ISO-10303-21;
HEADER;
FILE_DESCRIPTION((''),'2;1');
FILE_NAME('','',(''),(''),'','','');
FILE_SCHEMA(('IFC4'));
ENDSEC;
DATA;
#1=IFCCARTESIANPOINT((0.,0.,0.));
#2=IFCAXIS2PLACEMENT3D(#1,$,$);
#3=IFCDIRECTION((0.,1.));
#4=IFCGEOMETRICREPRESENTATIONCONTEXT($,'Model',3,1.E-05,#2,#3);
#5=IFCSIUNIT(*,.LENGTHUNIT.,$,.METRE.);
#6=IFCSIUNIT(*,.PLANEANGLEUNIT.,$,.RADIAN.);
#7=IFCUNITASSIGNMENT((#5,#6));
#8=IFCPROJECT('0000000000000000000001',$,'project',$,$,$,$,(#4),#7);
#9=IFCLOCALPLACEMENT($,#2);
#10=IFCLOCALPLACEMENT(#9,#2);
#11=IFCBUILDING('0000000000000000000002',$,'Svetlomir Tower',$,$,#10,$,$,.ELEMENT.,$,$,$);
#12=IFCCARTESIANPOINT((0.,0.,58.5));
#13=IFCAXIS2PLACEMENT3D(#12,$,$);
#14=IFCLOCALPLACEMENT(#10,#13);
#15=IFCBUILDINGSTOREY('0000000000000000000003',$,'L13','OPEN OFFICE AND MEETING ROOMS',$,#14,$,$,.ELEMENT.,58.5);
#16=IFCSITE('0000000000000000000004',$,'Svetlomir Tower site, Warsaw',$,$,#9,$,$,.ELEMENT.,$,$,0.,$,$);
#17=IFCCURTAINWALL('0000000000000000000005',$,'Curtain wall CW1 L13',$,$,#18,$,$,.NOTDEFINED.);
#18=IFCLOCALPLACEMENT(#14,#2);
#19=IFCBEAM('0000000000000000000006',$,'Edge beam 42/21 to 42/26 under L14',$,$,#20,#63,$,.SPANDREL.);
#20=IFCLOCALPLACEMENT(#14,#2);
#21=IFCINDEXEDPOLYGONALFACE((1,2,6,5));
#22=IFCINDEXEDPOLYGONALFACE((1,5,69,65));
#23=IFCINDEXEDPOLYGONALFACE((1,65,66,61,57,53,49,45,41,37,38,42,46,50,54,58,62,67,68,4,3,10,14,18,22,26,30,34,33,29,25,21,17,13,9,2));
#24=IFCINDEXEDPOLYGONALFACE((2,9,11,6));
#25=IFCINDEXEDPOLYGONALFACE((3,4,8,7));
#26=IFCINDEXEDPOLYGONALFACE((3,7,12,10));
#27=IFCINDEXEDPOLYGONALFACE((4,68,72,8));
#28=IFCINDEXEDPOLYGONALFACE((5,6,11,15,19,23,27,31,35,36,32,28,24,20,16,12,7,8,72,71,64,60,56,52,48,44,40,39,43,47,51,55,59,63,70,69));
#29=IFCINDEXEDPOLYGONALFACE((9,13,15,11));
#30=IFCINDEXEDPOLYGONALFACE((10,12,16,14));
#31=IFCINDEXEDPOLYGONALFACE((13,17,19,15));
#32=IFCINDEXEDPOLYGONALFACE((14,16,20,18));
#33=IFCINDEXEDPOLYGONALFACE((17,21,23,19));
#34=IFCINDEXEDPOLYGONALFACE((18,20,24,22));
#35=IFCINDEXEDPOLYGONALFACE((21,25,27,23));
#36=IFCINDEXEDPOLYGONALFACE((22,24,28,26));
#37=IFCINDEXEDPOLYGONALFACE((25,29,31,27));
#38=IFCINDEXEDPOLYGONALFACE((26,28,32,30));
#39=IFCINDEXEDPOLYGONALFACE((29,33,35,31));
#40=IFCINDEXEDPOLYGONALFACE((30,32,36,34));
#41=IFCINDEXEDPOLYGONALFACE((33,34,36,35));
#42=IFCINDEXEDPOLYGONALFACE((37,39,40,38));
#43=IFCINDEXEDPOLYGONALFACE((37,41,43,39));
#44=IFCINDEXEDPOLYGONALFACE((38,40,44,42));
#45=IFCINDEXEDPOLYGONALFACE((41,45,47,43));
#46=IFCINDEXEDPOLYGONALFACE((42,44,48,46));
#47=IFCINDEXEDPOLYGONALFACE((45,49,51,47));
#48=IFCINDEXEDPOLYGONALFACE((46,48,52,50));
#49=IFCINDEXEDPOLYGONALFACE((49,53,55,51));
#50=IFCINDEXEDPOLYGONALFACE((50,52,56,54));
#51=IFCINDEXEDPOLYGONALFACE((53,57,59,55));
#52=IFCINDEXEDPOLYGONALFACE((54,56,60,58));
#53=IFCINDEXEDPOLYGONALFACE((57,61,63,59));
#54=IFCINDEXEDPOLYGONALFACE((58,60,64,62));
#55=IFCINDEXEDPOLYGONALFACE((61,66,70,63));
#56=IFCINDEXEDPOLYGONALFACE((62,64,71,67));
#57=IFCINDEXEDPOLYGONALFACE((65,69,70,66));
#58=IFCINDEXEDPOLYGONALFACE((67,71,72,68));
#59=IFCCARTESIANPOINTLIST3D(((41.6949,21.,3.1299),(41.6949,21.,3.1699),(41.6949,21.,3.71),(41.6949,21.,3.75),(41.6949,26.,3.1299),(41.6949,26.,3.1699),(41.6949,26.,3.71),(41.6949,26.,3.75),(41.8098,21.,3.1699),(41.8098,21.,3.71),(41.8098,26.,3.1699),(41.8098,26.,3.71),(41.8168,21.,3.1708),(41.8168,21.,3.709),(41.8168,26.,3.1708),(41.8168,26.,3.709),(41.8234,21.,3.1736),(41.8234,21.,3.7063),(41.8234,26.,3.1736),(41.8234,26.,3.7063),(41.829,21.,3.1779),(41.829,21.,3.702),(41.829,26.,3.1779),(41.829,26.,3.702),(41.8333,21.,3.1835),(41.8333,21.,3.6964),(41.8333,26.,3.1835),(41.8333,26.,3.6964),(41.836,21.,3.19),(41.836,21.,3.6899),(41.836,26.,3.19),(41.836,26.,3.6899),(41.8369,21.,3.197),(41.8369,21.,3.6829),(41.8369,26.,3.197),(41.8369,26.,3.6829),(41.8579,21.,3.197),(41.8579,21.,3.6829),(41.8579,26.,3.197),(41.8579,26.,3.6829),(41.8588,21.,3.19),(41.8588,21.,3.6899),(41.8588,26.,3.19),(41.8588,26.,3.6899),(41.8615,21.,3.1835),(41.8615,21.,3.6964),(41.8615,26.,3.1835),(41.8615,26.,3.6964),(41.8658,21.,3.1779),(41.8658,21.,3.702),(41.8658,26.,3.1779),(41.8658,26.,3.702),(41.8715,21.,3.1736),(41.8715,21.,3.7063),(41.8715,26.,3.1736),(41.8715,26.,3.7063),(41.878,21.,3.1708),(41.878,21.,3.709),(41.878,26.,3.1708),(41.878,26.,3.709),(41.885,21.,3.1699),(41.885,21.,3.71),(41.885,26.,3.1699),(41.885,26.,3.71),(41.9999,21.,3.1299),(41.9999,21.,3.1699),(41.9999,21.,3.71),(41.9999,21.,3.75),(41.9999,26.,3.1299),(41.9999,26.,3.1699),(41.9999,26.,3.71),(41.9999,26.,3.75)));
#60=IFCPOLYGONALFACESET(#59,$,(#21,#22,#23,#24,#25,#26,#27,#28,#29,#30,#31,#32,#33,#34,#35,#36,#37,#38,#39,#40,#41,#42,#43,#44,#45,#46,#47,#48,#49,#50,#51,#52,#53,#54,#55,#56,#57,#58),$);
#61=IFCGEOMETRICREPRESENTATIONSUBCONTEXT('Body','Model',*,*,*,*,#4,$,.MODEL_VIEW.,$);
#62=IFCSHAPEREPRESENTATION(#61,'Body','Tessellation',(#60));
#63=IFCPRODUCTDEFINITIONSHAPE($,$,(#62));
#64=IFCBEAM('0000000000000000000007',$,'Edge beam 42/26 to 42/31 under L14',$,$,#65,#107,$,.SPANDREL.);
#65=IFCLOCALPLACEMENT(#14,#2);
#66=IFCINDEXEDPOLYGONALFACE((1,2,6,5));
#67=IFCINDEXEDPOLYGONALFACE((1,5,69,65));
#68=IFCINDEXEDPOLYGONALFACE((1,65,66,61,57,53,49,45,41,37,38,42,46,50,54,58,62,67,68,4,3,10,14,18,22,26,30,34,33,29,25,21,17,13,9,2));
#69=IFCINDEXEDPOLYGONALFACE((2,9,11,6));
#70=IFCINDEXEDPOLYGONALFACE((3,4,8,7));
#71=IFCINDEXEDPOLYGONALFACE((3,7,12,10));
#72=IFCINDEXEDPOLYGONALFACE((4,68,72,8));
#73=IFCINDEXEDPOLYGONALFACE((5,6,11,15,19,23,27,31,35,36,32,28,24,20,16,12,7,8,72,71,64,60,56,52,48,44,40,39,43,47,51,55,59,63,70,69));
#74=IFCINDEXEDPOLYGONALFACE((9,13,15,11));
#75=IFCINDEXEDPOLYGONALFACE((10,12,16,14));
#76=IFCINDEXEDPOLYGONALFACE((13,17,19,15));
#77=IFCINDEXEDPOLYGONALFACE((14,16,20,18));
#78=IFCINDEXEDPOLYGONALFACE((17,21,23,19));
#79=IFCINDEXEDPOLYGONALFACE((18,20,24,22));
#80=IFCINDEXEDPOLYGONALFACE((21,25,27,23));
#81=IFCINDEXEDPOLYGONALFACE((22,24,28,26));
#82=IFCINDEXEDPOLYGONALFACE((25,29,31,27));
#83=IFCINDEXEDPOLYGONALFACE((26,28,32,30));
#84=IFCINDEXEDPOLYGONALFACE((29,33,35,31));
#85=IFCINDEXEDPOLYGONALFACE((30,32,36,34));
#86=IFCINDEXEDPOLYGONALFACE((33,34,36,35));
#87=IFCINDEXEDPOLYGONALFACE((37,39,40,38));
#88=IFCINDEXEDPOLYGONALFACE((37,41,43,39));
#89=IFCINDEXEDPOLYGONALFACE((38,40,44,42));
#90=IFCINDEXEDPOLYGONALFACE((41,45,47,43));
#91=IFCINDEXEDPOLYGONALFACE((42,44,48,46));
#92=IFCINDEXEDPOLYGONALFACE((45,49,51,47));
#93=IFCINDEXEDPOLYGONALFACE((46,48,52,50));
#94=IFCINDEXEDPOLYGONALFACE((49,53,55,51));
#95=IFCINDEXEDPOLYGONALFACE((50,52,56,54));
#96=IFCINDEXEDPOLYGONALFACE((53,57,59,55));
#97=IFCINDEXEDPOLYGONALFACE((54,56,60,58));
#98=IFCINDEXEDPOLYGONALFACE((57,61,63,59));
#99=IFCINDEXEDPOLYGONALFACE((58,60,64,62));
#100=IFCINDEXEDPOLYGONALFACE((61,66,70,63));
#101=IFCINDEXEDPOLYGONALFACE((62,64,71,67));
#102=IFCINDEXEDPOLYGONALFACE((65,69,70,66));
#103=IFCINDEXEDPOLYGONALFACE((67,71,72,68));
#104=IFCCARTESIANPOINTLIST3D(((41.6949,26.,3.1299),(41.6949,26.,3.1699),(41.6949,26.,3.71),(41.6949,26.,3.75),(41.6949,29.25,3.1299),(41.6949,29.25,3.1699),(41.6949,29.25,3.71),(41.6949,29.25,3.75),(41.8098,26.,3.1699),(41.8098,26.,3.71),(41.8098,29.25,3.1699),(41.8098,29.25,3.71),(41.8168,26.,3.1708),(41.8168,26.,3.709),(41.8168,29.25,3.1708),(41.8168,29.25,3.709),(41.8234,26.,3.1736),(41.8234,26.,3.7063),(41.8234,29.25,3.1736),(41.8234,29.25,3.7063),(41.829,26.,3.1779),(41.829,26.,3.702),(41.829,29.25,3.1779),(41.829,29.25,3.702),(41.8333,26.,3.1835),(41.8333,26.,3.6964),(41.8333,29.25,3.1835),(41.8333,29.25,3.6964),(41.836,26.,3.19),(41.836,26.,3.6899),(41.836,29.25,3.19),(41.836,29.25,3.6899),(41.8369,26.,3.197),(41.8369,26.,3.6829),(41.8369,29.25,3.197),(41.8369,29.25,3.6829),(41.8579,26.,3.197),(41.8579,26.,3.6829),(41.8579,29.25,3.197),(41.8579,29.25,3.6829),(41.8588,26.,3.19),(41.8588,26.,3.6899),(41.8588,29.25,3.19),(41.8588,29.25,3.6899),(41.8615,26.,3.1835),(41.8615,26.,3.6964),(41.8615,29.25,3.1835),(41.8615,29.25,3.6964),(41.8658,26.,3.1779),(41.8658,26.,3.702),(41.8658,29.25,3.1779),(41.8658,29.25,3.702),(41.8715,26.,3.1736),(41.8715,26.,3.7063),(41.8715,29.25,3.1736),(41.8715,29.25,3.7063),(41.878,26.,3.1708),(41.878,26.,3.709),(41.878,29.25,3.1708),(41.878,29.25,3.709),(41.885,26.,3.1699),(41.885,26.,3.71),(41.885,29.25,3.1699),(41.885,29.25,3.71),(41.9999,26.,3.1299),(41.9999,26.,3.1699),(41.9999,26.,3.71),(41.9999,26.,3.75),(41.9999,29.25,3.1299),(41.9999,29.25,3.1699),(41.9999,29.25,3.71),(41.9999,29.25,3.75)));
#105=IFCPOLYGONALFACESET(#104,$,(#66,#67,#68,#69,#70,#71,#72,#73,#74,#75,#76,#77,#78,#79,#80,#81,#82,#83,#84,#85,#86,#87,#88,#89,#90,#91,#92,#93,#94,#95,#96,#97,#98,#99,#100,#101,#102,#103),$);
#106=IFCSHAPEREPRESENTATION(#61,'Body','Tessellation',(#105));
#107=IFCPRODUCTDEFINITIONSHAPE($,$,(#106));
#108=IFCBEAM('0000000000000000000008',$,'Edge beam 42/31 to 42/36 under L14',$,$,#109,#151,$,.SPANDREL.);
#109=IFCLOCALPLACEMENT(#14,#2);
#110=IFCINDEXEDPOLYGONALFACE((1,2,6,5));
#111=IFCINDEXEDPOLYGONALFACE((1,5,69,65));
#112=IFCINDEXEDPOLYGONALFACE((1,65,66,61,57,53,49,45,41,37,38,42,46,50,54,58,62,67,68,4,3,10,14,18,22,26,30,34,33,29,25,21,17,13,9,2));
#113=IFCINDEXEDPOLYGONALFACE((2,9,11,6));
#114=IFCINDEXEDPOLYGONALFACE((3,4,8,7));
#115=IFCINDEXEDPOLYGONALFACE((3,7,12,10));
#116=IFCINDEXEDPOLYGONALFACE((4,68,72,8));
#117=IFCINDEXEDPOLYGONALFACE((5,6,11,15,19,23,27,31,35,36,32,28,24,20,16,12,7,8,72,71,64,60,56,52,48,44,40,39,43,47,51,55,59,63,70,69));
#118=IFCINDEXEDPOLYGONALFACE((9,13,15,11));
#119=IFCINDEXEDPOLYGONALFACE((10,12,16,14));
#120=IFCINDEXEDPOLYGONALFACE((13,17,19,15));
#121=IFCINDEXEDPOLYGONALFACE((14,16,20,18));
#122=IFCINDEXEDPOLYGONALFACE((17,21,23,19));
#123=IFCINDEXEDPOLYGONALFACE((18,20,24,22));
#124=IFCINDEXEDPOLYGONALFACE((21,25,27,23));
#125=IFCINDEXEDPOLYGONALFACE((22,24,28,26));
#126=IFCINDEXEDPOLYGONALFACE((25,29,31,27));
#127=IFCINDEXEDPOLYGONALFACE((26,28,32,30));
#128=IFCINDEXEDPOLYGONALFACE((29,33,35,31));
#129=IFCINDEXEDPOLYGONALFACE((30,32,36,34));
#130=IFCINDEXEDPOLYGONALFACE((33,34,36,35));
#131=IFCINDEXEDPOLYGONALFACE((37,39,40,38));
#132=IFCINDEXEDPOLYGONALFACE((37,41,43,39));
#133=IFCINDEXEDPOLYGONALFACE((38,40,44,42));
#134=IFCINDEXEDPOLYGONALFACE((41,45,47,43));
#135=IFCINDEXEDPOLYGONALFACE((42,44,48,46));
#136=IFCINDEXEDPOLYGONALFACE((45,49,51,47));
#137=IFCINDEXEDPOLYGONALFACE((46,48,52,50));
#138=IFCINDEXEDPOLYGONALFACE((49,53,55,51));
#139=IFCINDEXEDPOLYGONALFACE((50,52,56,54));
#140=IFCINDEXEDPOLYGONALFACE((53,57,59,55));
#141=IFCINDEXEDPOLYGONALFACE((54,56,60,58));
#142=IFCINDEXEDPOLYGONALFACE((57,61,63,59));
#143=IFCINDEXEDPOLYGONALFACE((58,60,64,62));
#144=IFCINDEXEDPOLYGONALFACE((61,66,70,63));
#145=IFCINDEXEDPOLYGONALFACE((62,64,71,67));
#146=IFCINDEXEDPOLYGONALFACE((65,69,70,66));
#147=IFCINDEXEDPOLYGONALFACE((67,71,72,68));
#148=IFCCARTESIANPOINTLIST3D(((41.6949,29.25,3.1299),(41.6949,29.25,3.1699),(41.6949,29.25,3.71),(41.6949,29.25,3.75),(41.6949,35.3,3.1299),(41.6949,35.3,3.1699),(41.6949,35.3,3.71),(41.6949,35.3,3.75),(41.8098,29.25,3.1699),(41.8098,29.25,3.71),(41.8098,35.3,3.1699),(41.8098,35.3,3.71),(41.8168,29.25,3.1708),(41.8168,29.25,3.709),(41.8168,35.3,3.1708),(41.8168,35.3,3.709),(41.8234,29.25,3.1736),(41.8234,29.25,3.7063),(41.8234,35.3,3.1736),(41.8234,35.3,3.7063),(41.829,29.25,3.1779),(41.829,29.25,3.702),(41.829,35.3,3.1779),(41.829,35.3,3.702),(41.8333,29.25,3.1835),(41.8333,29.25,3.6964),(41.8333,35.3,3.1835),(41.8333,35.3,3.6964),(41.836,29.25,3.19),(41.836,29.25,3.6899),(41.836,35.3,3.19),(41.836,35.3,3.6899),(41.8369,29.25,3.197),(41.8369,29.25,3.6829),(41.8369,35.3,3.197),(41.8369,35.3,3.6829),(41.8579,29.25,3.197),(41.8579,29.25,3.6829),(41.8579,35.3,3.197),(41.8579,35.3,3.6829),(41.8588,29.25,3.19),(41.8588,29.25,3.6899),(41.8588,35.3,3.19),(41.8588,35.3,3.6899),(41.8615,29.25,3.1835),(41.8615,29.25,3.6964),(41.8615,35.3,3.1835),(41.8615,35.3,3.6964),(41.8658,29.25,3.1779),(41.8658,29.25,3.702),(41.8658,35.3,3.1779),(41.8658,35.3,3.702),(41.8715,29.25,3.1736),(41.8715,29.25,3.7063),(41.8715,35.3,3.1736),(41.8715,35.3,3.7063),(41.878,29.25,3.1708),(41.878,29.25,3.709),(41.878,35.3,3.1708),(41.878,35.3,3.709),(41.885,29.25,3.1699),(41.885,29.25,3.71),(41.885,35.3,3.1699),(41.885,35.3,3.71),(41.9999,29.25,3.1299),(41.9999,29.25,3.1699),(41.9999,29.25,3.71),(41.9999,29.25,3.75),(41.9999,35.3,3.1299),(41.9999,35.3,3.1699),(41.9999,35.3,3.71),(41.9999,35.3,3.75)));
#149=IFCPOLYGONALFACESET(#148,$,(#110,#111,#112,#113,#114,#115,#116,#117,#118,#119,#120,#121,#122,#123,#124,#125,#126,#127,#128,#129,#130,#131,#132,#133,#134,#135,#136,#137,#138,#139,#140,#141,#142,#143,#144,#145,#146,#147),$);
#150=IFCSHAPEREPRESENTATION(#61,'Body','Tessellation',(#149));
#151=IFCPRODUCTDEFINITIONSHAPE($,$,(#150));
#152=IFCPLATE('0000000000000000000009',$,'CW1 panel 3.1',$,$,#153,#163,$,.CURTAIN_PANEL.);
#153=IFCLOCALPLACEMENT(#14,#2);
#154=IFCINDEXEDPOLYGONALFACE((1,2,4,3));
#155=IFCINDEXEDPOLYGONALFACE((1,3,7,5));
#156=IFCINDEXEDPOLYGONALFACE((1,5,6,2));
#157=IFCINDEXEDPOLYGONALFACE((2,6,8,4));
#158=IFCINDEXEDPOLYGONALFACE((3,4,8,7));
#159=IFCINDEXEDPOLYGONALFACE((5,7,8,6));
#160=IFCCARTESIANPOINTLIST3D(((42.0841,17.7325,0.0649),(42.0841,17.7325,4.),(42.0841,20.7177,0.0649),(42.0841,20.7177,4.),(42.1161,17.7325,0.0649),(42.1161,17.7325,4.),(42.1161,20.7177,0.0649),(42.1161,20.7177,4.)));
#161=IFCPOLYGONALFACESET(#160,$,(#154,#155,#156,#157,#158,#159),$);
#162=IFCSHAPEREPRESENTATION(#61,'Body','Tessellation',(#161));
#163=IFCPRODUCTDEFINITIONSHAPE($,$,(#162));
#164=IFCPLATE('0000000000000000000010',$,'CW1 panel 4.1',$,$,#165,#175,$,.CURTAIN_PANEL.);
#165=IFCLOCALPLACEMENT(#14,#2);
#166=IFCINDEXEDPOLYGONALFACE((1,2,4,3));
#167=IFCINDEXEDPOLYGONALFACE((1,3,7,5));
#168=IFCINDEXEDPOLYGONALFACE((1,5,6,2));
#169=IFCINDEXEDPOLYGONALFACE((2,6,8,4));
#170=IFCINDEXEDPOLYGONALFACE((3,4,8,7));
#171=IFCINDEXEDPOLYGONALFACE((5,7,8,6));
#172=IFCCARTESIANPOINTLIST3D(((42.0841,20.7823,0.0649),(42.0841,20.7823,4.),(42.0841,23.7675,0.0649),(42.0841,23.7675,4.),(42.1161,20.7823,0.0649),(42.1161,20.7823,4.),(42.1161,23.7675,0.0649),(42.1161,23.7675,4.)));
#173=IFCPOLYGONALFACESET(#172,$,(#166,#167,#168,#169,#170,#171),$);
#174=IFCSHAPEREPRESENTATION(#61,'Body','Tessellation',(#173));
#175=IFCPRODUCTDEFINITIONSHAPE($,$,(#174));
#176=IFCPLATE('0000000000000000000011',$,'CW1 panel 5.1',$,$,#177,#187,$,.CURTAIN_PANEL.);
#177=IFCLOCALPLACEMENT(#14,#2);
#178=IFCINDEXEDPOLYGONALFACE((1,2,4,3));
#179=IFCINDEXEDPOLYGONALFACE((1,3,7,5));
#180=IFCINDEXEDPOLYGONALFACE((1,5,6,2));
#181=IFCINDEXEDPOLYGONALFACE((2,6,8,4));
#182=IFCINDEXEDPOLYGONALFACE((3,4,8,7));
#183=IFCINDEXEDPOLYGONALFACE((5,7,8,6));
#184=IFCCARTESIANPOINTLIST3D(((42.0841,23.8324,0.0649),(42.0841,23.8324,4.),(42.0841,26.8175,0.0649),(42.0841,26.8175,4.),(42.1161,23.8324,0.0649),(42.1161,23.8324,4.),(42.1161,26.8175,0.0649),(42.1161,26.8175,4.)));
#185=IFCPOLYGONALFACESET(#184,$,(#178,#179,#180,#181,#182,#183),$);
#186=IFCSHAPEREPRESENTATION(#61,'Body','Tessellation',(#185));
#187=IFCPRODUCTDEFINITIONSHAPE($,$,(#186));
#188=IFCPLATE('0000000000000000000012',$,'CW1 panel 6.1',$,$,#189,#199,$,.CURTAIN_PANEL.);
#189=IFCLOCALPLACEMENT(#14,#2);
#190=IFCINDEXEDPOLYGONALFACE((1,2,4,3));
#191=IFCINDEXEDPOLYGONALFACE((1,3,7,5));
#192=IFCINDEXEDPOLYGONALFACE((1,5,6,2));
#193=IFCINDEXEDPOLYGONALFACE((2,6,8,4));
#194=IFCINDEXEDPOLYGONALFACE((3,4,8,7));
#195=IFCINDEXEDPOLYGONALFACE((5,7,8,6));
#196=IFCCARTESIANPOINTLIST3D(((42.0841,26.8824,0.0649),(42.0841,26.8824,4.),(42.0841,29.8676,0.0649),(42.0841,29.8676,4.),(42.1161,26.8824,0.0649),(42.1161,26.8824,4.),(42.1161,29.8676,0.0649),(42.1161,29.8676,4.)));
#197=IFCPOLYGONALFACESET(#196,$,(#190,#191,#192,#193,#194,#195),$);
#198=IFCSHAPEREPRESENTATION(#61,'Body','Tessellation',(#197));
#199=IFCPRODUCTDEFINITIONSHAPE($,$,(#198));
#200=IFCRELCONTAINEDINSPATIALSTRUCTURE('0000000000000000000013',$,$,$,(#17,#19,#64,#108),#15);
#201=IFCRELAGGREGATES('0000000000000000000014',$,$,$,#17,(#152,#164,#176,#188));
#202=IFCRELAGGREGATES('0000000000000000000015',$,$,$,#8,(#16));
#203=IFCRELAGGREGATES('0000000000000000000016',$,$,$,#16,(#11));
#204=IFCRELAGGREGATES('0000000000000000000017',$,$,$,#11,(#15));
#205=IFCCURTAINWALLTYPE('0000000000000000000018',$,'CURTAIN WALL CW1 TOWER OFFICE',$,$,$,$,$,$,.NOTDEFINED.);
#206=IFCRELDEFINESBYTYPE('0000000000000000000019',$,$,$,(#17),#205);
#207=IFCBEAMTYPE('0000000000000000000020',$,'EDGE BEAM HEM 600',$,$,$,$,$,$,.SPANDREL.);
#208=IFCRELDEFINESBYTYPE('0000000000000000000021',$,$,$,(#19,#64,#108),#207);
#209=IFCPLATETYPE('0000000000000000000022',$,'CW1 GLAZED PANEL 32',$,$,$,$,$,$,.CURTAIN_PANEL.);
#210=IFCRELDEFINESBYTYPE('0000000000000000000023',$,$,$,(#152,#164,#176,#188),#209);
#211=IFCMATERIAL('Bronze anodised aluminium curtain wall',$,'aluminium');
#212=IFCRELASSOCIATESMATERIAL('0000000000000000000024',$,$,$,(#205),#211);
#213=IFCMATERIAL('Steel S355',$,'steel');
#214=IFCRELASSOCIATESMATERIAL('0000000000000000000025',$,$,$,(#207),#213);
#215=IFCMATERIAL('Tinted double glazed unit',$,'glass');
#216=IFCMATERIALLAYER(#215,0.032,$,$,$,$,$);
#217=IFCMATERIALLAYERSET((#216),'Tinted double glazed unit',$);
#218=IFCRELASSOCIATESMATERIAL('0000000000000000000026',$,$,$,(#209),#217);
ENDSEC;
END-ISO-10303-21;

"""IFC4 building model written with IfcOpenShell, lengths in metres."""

from ifc_helpers import new_model, si_unit, direction, frame, origin, origin_2d, place, context, subcontext, project, spatial, rectangle, i_section, extrude, material, layer, layer_set, material_profile, profile_set, type_object, element, aggregate, save


model = new_model("IFC4")

# Units and contexts
model_context = context("Model", 3, precision=1e-05, world=origin(), true_north=direction((0.0, 1.0)))
body_context = subcontext(model_context, "Body", "Model", "MODEL_VIEW")
ifc_project = project(units=[si_unit("LENGTHUNIT", "METRE"), si_unit("PLANEANGLEUNIT", "RADIAN")], contexts=[model_context])

# Site, building, storey
site_placement = place(None, origin())
site = spatial("IfcSite", under=ifc_project, at=site_placement, Name="Svetlomir Tower site, Warsaw", CompositionType="ELEMENT", RefElevation=0.0)
building_placement = place(site_placement, origin())
building = spatial("IfcBuilding", under=site, at=building_placement, Name="Svetlomir Tower", CompositionType="ELEMENT")
storey_placement = place(building_placement, frame((0.0, 0.0, 58.5)))
storey = spatial("IfcBuildingStorey", under=building, at=storey_placement, Name="L13", Description="OPEN OFFICE AND MEETING ROOMS", CompositionType="ELEMENT", Elevation=58.5)

# Curtain wall
ifc_material_1 = material(Name="Bronze anodised aluminium curtain wall", Category="aluminium")
curtain_wall_type = type_object("IfcCurtainWallType", Name="CURTAIN WALL CW1 TOWER OFFICE", PredefinedType="NOTDEFINED", material=ifc_material_1)
curtain_wall_placement = place(storey_placement, origin())
curtain_wall = element("IfcCurtainWall", 1, at=curtain_wall_placement, inside=storey, type_object=curtain_wall_type, Name="Curtain wall CW1 L13", PredefinedType="NOTDEFINED")

# Beams
ifc_material_2 = material(Name="Steel S355", Category="steel")
ifc_material_profile_1 = material_profile(ifc_material_2, i_section(OverallWidth=0.3049, OverallDepth=0.6201, WebThickness=0.021, FlangeThickness=0.04, FilletRadius=0.0271, at=origin_2d()), Name="HEM 600")
ifc_profile_set_1 = profile_set([ifc_material_profile_1], Name="Steel S355")
beam_type = type_object("IfcBeamType", Name="EDGE BEAM HEM 600", PredefinedType="SPANDREL", material=ifc_profile_set_1)
beam_1_placement = place(storey_placement, frame((41.8474, 21.0, 3.4399), z_axis=(0.0, 1.0, 0.0), x_axis=(-1.0, 0.0, 0.0)))
element("IfcBeam", 2, at=beam_1_placement, inside=storey, type_object=beam_type, Name="Edge beam 42/21 to 42/26 under L14", PredefinedType="SPANDREL", context=body_context, shape_type="SweptSolid", body=[
    extrude(i_section(OverallWidth=0.3049, OverallDepth=0.6201, WebThickness=0.021, FlangeThickness=0.04, FilletRadius=0.0271, at=origin_2d()), origin(), (0.0, 0.0, 1.0), 5.0),
])
beam_2_placement = place(storey_placement, frame((41.8474, 26.0, 3.4399), z_axis=(0.0, 1.0, 0.0), x_axis=(-1.0, 0.0, 0.0)))
element("IfcBeam", 3, at=beam_2_placement, inside=storey, type_object=beam_type, Name="Edge beam 42/26 to 42/31 under L14", PredefinedType="SPANDREL", context=body_context, shape_type="SweptSolid", body=[
    extrude(i_section(OverallWidth=0.3049, OverallDepth=0.6201, WebThickness=0.021, FlangeThickness=0.04, FilletRadius=0.0271, at=origin_2d()), origin(), (0.0, 0.0, 1.0), 3.25),
])
beam_3_placement = place(storey_placement, frame((41.8474, 29.25, 3.4399), z_axis=(0.0, 1.0, 0.0), x_axis=(-1.0, 0.0, 0.0)))
element("IfcBeam", 4, at=beam_3_placement, inside=storey, type_object=beam_type, Name="Edge beam 42/31 to 42/36 under L14", PredefinedType="SPANDREL", context=body_context, shape_type="SweptSolid", body=[
    extrude(i_section(OverallWidth=0.3049, OverallDepth=0.6201, WebThickness=0.021, FlangeThickness=0.04, FilletRadius=0.0271, at=origin_2d()), origin(), (0.0, 0.0, 1.0), 6.05),
])

# Plates
ifc_material_3 = material(Name="Tinted double glazed unit", Category="glass")
ifc_layer_1 = layer(ifc_material_3, 0.032)
ifc_layer_set_1 = layer_set([ifc_layer_1], Name="Tinted double glazed unit")
plate_type = type_object("IfcPlateType", Name="CW1 GLAZED PANEL 32", PredefinedType="CURTAIN_PANEL", material=ifc_layer_set_1)
plate_1_placement = place(storey_placement, frame((42.1001, 19.2251, 0.0649), z_axis=(0.0, 0.0, 1.0), x_axis=(0.0, 1.0, 0.0)))
plate_1 = element("IfcPlate", 5, at=plate_1_placement, type_object=plate_type, Name="CW1 panel 3.1", PredefinedType="CURTAIN_PANEL", context=body_context, shape_type="SweptSolid", body=[
    extrude(rectangle(XDim=2.9851, YDim=0.032, at=origin_2d()), origin(), (0.0, 0.0, 1.0), 3.9351),
])
plate_2_placement = place(storey_placement, frame((42.1001, 22.2749, 0.0649), z_axis=(0.0, 0.0, 1.0), x_axis=(0.0, 1.0, 0.0)))
plate_2 = element("IfcPlate", 6, at=plate_2_placement, type_object=plate_type, Name="CW1 panel 4.1", PredefinedType="CURTAIN_PANEL", context=body_context, shape_type="SweptSolid", body=[
    extrude(rectangle(XDim=2.9851, YDim=0.032, at=origin_2d()), origin(), (0.0, 0.0, 1.0), 3.9351),
])
plate_3_placement = place(storey_placement, frame((42.1001, 25.325, 0.0649), z_axis=(0.0, 0.0, 1.0), x_axis=(0.0, 1.0, 0.0)))
plate_3 = element("IfcPlate", 7, at=plate_3_placement, type_object=plate_type, Name="CW1 panel 5.1", PredefinedType="CURTAIN_PANEL", context=body_context, shape_type="SweptSolid", body=[
    extrude(rectangle(XDim=2.9851, YDim=0.032, at=origin_2d()), origin(), (0.0, 0.0, 1.0), 3.9351),
])
plate_4_placement = place(storey_placement, frame((42.1001, 28.375, 0.0649), z_axis=(0.0, 0.0, 1.0), x_axis=(0.0, 1.0, 0.0)))
plate_4 = element("IfcPlate", 8, at=plate_4_placement, type_object=plate_type, Name="CW1 panel 6.1", PredefinedType="CURTAIN_PANEL", context=body_context, shape_type="SweptSolid", body=[
    extrude(rectangle(XDim=2.9851, YDim=0.032, at=origin_2d()), origin(), (0.0, 0.0, 1.0), 3.9351),
])
aggregate(curtain_wall, [plate_1, plate_2, plate_3, plate_4])

save(model, "model.ifc")
